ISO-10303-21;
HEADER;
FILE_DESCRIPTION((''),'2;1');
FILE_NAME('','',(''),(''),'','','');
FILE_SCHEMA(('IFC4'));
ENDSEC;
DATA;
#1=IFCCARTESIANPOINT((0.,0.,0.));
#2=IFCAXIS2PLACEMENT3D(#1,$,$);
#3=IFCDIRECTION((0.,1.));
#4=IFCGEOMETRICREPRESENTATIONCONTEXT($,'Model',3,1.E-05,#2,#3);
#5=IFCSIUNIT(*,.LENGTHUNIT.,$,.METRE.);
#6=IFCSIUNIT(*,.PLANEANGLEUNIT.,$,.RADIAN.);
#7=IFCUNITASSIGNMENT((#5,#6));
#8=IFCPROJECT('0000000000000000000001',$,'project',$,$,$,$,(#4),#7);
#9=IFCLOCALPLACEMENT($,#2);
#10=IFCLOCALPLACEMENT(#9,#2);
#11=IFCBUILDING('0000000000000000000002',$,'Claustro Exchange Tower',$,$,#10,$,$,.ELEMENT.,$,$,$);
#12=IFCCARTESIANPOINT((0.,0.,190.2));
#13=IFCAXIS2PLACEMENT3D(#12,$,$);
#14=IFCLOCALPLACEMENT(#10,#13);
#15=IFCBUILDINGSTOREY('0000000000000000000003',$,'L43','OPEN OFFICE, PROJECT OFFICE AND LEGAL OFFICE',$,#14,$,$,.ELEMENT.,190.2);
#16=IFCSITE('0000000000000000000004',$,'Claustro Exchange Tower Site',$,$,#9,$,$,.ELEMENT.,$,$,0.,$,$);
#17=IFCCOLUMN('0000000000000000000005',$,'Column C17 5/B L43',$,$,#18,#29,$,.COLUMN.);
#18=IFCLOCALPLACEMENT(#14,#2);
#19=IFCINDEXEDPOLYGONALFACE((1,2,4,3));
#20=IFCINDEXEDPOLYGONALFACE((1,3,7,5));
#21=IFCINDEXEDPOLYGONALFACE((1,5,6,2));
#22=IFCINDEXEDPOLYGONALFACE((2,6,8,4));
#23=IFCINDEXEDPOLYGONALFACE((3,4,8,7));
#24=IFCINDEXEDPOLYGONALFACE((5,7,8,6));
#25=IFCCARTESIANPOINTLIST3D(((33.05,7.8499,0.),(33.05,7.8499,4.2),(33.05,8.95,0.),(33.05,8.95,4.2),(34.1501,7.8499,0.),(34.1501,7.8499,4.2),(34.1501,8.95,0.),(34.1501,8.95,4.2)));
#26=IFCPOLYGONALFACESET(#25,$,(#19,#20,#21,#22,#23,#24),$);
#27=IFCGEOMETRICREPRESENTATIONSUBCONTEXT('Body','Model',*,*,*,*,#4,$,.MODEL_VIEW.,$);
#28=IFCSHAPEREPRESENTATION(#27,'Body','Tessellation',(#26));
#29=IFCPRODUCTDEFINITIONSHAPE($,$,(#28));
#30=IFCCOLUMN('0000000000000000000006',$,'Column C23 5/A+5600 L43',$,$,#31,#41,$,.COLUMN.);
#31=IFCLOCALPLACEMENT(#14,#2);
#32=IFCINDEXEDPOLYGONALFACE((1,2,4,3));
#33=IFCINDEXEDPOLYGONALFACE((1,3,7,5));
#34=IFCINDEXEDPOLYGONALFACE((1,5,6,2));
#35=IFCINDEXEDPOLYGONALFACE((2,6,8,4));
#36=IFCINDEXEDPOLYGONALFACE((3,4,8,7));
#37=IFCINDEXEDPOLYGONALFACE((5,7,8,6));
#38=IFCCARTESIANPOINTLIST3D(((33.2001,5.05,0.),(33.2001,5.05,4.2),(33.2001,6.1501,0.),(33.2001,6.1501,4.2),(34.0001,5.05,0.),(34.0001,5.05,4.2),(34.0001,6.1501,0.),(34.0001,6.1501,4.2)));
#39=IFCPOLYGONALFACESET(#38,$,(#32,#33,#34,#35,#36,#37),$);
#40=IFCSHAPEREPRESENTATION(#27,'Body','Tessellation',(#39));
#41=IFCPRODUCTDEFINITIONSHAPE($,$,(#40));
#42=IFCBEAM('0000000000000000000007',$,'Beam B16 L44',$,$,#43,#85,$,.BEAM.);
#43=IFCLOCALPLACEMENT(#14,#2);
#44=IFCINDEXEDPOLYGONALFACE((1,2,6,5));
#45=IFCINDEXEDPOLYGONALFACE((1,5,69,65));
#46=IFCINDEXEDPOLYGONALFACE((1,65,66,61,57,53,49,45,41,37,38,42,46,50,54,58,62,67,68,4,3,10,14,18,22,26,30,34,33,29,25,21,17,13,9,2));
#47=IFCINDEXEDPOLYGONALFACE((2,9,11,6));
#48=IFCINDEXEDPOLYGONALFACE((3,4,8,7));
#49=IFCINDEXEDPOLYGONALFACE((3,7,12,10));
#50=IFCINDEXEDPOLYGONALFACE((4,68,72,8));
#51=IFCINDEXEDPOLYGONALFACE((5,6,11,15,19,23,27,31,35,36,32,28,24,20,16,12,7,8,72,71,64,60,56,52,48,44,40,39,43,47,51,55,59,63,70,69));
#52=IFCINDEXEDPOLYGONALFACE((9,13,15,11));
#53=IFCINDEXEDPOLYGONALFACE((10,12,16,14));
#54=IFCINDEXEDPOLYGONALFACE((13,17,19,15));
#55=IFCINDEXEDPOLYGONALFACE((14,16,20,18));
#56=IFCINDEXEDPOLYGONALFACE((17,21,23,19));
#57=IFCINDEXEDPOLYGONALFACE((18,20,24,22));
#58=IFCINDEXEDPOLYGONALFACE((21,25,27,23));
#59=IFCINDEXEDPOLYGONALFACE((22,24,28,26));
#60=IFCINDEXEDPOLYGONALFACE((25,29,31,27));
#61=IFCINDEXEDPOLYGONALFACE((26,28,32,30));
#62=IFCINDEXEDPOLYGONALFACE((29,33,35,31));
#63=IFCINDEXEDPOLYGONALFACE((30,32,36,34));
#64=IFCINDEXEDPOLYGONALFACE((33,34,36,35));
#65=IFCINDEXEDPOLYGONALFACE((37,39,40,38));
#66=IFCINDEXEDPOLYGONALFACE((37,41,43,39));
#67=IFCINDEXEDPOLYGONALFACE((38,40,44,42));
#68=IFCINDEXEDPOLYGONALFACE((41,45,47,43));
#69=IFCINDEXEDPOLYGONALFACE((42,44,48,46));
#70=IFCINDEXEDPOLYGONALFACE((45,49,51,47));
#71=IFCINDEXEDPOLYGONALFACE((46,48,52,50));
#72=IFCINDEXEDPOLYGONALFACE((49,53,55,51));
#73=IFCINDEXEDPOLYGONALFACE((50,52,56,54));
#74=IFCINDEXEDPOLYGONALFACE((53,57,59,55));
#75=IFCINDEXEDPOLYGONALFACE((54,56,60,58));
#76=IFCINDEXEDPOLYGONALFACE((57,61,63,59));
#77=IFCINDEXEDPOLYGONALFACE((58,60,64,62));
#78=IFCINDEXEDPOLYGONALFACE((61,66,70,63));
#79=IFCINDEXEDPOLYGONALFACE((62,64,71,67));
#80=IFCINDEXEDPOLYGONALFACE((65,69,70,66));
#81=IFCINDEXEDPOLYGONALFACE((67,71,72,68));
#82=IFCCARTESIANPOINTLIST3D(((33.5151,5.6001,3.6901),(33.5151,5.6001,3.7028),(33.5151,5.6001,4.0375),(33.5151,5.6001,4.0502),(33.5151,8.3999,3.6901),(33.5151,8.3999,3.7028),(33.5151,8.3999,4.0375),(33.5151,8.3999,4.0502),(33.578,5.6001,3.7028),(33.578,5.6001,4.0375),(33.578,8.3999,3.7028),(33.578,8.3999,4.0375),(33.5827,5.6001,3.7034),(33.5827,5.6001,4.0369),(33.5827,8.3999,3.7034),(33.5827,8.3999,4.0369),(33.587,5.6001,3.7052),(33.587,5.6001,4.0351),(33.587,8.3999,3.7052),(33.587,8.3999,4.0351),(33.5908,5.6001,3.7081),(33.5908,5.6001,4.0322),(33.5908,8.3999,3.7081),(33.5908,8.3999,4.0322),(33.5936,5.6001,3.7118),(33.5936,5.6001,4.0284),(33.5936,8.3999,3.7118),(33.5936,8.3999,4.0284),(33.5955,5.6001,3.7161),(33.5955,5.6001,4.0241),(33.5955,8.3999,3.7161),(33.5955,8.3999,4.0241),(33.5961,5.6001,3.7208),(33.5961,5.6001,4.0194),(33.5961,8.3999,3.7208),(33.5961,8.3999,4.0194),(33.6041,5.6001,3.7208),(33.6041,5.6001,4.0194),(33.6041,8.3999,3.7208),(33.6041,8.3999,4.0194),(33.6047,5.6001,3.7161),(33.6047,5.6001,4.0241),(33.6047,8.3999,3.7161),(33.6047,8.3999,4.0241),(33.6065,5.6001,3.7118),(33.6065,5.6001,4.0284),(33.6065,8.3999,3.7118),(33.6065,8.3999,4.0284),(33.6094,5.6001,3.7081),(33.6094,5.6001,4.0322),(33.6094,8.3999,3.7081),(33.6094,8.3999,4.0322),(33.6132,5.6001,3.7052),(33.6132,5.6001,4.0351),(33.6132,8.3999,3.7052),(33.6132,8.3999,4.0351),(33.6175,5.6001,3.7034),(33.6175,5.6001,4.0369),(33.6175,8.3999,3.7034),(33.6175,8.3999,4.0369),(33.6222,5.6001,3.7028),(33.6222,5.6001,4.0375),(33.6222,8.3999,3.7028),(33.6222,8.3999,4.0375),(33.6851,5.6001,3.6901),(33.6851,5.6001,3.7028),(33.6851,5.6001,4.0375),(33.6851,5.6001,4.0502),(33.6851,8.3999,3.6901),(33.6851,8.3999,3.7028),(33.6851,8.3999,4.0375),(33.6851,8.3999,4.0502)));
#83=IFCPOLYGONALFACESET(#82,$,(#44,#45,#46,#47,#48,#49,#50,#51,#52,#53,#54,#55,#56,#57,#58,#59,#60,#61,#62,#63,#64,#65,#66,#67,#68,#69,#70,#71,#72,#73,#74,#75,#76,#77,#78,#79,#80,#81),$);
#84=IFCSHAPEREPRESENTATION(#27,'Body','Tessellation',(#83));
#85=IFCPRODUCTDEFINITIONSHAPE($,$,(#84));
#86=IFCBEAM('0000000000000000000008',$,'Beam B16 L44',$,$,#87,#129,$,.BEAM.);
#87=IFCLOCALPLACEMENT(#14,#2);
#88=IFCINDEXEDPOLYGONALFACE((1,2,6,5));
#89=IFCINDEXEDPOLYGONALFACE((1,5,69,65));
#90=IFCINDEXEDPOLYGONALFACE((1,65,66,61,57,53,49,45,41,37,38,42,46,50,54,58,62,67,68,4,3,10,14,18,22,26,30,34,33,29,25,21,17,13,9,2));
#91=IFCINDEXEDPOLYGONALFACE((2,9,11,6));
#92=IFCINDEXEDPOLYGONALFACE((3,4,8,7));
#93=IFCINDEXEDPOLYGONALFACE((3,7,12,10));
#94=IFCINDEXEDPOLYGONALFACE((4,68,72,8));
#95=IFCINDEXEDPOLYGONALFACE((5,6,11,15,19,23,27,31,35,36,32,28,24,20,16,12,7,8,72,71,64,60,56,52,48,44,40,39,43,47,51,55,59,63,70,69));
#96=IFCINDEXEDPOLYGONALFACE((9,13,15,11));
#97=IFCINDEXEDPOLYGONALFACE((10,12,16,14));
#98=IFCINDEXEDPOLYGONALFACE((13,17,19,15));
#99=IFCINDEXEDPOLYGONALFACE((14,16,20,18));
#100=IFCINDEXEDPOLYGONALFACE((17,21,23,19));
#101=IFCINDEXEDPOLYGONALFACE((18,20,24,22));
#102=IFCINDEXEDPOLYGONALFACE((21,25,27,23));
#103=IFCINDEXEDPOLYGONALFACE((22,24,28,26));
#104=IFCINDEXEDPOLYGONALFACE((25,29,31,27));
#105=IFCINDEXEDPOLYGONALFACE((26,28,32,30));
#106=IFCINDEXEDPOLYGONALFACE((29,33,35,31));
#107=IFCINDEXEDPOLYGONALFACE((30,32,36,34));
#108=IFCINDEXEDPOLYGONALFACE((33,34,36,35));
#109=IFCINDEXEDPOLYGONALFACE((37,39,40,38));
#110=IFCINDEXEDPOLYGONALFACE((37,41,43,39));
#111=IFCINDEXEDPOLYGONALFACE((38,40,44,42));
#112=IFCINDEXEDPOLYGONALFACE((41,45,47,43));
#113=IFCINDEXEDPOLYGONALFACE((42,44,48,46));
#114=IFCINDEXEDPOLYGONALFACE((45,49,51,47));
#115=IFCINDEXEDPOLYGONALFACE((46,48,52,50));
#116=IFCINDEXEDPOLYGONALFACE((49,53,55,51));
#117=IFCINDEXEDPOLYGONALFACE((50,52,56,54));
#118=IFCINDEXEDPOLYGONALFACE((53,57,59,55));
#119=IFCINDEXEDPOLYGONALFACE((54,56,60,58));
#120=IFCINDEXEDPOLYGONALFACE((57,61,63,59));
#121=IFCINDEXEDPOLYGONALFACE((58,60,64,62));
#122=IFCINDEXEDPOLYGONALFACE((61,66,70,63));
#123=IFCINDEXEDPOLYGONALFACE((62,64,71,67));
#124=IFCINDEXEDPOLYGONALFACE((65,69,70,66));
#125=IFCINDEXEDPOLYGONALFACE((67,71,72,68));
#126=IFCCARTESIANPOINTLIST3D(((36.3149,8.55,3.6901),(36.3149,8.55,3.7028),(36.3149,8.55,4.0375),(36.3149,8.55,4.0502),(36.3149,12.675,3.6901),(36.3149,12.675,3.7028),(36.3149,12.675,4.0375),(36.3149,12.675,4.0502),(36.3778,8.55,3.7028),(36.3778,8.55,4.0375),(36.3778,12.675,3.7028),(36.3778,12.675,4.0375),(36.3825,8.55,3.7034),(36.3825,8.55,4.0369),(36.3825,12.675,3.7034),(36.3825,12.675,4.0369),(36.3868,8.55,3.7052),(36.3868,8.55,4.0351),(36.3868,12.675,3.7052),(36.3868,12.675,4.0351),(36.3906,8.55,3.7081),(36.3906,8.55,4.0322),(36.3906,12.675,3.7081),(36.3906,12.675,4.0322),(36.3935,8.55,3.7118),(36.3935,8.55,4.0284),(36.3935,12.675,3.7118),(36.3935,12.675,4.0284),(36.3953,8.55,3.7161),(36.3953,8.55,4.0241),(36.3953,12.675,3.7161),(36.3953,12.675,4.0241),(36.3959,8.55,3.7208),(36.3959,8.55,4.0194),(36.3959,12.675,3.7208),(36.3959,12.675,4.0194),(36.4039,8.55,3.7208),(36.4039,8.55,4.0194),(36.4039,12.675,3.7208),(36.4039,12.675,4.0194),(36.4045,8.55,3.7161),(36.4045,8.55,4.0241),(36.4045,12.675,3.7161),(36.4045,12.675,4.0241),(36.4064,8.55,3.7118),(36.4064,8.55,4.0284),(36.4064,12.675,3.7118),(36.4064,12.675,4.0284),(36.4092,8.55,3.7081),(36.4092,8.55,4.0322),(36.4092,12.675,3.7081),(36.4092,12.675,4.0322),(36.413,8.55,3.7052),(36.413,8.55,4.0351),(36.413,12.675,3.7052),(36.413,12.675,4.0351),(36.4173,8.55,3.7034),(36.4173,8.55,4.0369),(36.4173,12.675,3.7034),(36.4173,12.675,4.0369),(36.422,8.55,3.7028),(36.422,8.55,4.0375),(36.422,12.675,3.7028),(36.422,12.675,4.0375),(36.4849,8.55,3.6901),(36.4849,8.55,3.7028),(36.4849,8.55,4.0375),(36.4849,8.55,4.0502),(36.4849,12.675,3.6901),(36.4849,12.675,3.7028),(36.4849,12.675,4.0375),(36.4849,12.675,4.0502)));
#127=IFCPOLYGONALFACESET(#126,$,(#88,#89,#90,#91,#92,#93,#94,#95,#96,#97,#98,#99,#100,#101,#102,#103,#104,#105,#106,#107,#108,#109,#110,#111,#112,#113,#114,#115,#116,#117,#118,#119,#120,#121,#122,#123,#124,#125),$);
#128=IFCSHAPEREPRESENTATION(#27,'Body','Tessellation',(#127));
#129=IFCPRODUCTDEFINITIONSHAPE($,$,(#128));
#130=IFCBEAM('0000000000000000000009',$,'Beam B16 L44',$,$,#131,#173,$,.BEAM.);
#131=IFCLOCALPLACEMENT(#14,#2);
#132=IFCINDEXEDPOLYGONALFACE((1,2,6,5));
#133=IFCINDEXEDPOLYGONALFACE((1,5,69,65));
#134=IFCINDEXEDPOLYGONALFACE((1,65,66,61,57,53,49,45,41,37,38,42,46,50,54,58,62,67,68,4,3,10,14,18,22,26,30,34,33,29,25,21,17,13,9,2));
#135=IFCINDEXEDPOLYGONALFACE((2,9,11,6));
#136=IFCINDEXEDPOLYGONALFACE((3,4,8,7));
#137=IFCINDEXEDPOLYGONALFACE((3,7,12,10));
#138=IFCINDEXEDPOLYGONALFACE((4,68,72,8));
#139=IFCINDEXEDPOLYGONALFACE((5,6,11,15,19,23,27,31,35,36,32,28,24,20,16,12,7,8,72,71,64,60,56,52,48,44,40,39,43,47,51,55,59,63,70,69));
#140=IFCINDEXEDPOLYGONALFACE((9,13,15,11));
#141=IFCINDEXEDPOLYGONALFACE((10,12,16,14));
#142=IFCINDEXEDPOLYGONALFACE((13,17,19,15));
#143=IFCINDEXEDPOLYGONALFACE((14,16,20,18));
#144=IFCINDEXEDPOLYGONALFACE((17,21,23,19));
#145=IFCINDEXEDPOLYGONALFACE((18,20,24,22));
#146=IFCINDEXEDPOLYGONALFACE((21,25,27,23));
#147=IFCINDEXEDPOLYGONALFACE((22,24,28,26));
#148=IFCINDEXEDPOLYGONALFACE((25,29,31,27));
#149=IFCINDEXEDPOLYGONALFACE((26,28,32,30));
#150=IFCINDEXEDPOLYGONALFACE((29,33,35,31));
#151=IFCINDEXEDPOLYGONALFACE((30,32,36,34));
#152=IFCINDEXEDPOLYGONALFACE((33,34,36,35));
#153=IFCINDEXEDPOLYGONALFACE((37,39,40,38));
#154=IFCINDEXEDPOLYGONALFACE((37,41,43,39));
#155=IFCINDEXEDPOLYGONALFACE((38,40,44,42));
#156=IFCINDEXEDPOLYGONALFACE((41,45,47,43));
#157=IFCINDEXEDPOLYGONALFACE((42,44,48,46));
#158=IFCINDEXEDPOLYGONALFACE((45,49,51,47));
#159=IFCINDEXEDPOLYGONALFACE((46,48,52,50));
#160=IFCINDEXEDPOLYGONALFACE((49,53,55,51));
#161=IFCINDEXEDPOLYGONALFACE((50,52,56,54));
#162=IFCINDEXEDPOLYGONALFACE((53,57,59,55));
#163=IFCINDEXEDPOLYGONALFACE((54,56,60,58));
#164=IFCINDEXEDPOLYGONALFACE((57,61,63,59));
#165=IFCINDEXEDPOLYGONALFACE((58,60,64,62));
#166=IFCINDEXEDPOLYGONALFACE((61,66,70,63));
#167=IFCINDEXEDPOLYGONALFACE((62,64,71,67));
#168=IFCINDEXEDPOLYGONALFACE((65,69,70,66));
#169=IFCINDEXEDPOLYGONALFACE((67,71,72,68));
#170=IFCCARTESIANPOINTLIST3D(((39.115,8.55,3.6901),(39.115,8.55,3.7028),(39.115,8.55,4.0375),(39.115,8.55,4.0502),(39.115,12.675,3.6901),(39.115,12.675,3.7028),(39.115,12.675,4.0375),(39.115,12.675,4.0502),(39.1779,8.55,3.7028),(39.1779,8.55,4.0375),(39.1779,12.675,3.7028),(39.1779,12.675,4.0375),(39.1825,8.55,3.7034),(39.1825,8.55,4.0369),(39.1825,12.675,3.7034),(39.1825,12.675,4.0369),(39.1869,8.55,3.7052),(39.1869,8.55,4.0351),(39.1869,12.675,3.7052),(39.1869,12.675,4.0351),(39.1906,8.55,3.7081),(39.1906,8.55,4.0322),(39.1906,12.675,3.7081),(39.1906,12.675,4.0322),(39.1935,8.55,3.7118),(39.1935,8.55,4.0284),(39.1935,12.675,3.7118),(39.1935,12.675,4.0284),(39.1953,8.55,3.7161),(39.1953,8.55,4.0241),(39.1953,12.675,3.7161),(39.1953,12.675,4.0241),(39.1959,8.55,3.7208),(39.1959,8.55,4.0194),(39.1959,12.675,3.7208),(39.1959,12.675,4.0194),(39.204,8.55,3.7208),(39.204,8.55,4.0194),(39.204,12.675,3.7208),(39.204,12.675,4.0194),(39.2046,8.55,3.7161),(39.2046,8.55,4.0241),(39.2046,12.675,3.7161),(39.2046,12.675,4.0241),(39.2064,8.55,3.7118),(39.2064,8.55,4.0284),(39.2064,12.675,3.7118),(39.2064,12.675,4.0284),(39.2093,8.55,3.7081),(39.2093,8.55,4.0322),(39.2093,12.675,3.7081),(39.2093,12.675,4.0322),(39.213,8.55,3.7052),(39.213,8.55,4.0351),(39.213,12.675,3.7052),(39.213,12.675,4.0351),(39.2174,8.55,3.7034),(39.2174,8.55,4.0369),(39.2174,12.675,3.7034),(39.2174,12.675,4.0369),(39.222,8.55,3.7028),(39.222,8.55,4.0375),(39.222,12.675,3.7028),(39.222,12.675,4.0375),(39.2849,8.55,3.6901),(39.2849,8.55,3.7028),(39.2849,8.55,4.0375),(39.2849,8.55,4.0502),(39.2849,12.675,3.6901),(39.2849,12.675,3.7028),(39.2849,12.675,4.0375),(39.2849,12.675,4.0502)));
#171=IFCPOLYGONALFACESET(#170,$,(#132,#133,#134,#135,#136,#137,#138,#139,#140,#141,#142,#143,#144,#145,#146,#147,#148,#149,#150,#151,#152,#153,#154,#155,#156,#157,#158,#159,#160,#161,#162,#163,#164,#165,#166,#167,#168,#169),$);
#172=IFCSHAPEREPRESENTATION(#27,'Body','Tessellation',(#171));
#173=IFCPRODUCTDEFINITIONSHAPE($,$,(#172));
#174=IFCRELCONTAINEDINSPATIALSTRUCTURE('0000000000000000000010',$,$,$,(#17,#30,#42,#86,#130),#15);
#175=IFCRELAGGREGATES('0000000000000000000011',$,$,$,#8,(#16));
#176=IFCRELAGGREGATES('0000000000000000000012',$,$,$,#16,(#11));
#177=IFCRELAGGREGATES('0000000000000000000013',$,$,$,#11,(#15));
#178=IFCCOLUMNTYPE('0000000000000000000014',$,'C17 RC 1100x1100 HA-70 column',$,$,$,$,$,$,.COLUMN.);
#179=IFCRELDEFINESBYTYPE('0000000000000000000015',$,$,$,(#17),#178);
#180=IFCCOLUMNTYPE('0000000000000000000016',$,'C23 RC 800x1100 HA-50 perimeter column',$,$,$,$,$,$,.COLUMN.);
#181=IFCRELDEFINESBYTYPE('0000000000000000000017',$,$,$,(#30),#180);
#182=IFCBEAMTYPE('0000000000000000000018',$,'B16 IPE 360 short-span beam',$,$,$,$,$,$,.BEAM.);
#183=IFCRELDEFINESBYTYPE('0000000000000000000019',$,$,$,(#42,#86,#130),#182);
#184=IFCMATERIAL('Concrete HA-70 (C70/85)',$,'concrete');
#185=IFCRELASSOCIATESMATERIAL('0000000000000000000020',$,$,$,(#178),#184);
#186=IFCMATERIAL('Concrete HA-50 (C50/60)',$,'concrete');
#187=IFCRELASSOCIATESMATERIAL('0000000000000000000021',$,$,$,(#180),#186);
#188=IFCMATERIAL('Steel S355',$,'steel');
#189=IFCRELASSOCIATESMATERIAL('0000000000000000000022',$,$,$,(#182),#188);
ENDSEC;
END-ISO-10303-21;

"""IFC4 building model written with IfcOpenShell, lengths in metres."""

from ifc_helpers import new_model, si_unit, direction, frame, origin, origin_2d, place, context, subcontext, project, spatial, rectangle, i_section, extrude, material, material_profile, profile_set, type_object, element, save


model = new_model("IFC4")

# Units and contexts
model_context = context("Model", 3, precision=1e-05, world=origin(), true_north=direction((0.0, 1.0)))
body_context = subcontext(model_context, "Body", "Model", "MODEL_VIEW")
ifc_project = project(units=[si_unit("LENGTHUNIT", "METRE"), si_unit("PLANEANGLEUNIT", "RADIAN")], contexts=[model_context])

# Site, building, storey
site_placement = place(None, origin())
site = spatial("IfcSite", under=ifc_project, at=site_placement, Name="Claustro Exchange Tower Site", CompositionType="ELEMENT", RefElevation=0.0)
building_placement = place(site_placement, origin())
building = spatial("IfcBuilding", under=site, at=building_placement, Name="Claustro Exchange Tower", CompositionType="ELEMENT")
storey_placement = place(building_placement, frame((0.0, 0.0, 190.2)))
storey = spatial("IfcBuildingStorey", under=building, at=storey_placement, Name="L43", Description="OPEN OFFICE, PROJECT OFFICE AND LEGAL OFFICE", CompositionType="ELEMENT", Elevation=190.2)

# Columns
ifc_material_1 = material(Name="Concrete HA-70 (C70/85)", Category="concrete")
ifc_material_profile_1 = material_profile(ifc_material_1, rectangle(XDim=1.1001, YDim=1.1001, at=origin_2d()), Name="RC 1100x1100")
ifc_profile_set_1 = profile_set([ifc_material_profile_1], Name="Concrete HA-70 (C70/85)")
column_type_1 = type_object("IfcColumnType", Name="C17 RC 1100x1100 HA-70 column", PredefinedType="COLUMN", material=ifc_profile_set_1)
column_1_placement = place(storey_placement, frame((33.6001, 8.3999, 0.0), z_axis=(0.0, 0.0, 1.0), x_axis=(1.0, 0.0, 0.0)))
element("IfcColumn", 1, at=column_1_placement, inside=storey, type_object=column_type_1, Name="Column C17 5/B L43", PredefinedType="COLUMN", context=body_context, shape_type="SweptSolid", body=[
    extrude(rectangle(XDim=1.1001, YDim=1.1001, at=origin_2d()), origin(), (0.0, 0.0, 1.0), 4.2),
])
ifc_material_2 = material(Name="Concrete HA-50 (C50/60)", Category="concrete")
ifc_material_profile_2 = material_profile(ifc_material_2, rectangle(XDim=0.8, YDim=1.1001, at=origin_2d()), Name="RC 800x1100")
ifc_profile_set_2 = profile_set([ifc_material_profile_2], Name="Concrete HA-50 (C50/60)")
column_type_2 = type_object("IfcColumnType", Name="C23 RC 800x1100 HA-50 perimeter column", PredefinedType="COLUMN", material=ifc_profile_set_2)
column_2_placement = place(storey_placement, frame((33.6001, 5.6001, 0.0), z_axis=(0.0, 0.0, 1.0), x_axis=(1.0, 0.0, 0.0)))
element("IfcColumn", 2, at=column_2_placement, inside=storey, type_object=column_type_2, Name="Column C23 5/A+5600 L43", PredefinedType="COLUMN", context=body_context, shape_type="SweptSolid", body=[
    extrude(rectangle(XDim=0.8, YDim=1.1001, at=origin_2d()), origin(), (0.0, 0.0, 1.0), 4.2),
])

# Beams
ifc_material_3 = material(Name="Steel S355", Category="steel")
ifc_material_profile_3 = material_profile(ifc_material_3, i_section(OverallWidth=0.1699, OverallDepth=0.3601, WebThickness=0.0081, FlangeThickness=0.0127, FilletRadius=0.0181, at=origin_2d()), Name="IPE 360")
ifc_profile_set_3 = profile_set([ifc_material_profile_3], Name="Steel S355")
beam_type_1 = type_object("IfcBeamType", Name="B16 IPE 360 short-span beam", PredefinedType="BEAM", material=ifc_profile_set_3)
beam_1_placement = place(storey_placement, frame((33.6001, 5.6001, 3.8701), z_axis=(0.0, 1.0, 0.0), x_axis=(-1.0, 0.0, 0.0)))
element("IfcBeam", 3, at=beam_1_placement, inside=storey, type_object=beam_type_1, Name="Beam B16 L44", PredefinedType="BEAM", context=body_context, shape_type="SweptSolid", body=[
    extrude(i_section(OverallWidth=0.1699, OverallDepth=0.3601, WebThickness=0.0081, FlangeThickness=0.0127, FilletRadius=0.0181, at=origin_2d()), origin(), (0.0, 0.0, 1.0), 2.7998),
])
for number, where, z_axis, x_axis, name in (
    (4, (36.3999, 8.55, 3.8701), (0.0, 1.0, 0.0), (-1.0, 0.0, 0.0), "Beam B16 L44"),
    (5, (39.2, 8.55, 3.8701), (0.0, 1.0, 0.0), (-1.0, 0.0, 0.0), "Beam B16 L44"),
):
    element("IfcBeam", number, at=place(storey_placement, frame(where, z_axis=z_axis, x_axis=x_axis)), inside=storey, type_object=beam_type_1, Name=name, PredefinedType="BEAM", context=body_context, shape_type="SweptSolid", body=[
        extrude(i_section(OverallWidth=0.1699, OverallDepth=0.3601, WebThickness=0.0081, FlangeThickness=0.0127, FilletRadius=0.0181, at=origin_2d()), origin(), (0.0, 0.0, 1.0), 4.125),
    ])

save(model, "model.ifc")
